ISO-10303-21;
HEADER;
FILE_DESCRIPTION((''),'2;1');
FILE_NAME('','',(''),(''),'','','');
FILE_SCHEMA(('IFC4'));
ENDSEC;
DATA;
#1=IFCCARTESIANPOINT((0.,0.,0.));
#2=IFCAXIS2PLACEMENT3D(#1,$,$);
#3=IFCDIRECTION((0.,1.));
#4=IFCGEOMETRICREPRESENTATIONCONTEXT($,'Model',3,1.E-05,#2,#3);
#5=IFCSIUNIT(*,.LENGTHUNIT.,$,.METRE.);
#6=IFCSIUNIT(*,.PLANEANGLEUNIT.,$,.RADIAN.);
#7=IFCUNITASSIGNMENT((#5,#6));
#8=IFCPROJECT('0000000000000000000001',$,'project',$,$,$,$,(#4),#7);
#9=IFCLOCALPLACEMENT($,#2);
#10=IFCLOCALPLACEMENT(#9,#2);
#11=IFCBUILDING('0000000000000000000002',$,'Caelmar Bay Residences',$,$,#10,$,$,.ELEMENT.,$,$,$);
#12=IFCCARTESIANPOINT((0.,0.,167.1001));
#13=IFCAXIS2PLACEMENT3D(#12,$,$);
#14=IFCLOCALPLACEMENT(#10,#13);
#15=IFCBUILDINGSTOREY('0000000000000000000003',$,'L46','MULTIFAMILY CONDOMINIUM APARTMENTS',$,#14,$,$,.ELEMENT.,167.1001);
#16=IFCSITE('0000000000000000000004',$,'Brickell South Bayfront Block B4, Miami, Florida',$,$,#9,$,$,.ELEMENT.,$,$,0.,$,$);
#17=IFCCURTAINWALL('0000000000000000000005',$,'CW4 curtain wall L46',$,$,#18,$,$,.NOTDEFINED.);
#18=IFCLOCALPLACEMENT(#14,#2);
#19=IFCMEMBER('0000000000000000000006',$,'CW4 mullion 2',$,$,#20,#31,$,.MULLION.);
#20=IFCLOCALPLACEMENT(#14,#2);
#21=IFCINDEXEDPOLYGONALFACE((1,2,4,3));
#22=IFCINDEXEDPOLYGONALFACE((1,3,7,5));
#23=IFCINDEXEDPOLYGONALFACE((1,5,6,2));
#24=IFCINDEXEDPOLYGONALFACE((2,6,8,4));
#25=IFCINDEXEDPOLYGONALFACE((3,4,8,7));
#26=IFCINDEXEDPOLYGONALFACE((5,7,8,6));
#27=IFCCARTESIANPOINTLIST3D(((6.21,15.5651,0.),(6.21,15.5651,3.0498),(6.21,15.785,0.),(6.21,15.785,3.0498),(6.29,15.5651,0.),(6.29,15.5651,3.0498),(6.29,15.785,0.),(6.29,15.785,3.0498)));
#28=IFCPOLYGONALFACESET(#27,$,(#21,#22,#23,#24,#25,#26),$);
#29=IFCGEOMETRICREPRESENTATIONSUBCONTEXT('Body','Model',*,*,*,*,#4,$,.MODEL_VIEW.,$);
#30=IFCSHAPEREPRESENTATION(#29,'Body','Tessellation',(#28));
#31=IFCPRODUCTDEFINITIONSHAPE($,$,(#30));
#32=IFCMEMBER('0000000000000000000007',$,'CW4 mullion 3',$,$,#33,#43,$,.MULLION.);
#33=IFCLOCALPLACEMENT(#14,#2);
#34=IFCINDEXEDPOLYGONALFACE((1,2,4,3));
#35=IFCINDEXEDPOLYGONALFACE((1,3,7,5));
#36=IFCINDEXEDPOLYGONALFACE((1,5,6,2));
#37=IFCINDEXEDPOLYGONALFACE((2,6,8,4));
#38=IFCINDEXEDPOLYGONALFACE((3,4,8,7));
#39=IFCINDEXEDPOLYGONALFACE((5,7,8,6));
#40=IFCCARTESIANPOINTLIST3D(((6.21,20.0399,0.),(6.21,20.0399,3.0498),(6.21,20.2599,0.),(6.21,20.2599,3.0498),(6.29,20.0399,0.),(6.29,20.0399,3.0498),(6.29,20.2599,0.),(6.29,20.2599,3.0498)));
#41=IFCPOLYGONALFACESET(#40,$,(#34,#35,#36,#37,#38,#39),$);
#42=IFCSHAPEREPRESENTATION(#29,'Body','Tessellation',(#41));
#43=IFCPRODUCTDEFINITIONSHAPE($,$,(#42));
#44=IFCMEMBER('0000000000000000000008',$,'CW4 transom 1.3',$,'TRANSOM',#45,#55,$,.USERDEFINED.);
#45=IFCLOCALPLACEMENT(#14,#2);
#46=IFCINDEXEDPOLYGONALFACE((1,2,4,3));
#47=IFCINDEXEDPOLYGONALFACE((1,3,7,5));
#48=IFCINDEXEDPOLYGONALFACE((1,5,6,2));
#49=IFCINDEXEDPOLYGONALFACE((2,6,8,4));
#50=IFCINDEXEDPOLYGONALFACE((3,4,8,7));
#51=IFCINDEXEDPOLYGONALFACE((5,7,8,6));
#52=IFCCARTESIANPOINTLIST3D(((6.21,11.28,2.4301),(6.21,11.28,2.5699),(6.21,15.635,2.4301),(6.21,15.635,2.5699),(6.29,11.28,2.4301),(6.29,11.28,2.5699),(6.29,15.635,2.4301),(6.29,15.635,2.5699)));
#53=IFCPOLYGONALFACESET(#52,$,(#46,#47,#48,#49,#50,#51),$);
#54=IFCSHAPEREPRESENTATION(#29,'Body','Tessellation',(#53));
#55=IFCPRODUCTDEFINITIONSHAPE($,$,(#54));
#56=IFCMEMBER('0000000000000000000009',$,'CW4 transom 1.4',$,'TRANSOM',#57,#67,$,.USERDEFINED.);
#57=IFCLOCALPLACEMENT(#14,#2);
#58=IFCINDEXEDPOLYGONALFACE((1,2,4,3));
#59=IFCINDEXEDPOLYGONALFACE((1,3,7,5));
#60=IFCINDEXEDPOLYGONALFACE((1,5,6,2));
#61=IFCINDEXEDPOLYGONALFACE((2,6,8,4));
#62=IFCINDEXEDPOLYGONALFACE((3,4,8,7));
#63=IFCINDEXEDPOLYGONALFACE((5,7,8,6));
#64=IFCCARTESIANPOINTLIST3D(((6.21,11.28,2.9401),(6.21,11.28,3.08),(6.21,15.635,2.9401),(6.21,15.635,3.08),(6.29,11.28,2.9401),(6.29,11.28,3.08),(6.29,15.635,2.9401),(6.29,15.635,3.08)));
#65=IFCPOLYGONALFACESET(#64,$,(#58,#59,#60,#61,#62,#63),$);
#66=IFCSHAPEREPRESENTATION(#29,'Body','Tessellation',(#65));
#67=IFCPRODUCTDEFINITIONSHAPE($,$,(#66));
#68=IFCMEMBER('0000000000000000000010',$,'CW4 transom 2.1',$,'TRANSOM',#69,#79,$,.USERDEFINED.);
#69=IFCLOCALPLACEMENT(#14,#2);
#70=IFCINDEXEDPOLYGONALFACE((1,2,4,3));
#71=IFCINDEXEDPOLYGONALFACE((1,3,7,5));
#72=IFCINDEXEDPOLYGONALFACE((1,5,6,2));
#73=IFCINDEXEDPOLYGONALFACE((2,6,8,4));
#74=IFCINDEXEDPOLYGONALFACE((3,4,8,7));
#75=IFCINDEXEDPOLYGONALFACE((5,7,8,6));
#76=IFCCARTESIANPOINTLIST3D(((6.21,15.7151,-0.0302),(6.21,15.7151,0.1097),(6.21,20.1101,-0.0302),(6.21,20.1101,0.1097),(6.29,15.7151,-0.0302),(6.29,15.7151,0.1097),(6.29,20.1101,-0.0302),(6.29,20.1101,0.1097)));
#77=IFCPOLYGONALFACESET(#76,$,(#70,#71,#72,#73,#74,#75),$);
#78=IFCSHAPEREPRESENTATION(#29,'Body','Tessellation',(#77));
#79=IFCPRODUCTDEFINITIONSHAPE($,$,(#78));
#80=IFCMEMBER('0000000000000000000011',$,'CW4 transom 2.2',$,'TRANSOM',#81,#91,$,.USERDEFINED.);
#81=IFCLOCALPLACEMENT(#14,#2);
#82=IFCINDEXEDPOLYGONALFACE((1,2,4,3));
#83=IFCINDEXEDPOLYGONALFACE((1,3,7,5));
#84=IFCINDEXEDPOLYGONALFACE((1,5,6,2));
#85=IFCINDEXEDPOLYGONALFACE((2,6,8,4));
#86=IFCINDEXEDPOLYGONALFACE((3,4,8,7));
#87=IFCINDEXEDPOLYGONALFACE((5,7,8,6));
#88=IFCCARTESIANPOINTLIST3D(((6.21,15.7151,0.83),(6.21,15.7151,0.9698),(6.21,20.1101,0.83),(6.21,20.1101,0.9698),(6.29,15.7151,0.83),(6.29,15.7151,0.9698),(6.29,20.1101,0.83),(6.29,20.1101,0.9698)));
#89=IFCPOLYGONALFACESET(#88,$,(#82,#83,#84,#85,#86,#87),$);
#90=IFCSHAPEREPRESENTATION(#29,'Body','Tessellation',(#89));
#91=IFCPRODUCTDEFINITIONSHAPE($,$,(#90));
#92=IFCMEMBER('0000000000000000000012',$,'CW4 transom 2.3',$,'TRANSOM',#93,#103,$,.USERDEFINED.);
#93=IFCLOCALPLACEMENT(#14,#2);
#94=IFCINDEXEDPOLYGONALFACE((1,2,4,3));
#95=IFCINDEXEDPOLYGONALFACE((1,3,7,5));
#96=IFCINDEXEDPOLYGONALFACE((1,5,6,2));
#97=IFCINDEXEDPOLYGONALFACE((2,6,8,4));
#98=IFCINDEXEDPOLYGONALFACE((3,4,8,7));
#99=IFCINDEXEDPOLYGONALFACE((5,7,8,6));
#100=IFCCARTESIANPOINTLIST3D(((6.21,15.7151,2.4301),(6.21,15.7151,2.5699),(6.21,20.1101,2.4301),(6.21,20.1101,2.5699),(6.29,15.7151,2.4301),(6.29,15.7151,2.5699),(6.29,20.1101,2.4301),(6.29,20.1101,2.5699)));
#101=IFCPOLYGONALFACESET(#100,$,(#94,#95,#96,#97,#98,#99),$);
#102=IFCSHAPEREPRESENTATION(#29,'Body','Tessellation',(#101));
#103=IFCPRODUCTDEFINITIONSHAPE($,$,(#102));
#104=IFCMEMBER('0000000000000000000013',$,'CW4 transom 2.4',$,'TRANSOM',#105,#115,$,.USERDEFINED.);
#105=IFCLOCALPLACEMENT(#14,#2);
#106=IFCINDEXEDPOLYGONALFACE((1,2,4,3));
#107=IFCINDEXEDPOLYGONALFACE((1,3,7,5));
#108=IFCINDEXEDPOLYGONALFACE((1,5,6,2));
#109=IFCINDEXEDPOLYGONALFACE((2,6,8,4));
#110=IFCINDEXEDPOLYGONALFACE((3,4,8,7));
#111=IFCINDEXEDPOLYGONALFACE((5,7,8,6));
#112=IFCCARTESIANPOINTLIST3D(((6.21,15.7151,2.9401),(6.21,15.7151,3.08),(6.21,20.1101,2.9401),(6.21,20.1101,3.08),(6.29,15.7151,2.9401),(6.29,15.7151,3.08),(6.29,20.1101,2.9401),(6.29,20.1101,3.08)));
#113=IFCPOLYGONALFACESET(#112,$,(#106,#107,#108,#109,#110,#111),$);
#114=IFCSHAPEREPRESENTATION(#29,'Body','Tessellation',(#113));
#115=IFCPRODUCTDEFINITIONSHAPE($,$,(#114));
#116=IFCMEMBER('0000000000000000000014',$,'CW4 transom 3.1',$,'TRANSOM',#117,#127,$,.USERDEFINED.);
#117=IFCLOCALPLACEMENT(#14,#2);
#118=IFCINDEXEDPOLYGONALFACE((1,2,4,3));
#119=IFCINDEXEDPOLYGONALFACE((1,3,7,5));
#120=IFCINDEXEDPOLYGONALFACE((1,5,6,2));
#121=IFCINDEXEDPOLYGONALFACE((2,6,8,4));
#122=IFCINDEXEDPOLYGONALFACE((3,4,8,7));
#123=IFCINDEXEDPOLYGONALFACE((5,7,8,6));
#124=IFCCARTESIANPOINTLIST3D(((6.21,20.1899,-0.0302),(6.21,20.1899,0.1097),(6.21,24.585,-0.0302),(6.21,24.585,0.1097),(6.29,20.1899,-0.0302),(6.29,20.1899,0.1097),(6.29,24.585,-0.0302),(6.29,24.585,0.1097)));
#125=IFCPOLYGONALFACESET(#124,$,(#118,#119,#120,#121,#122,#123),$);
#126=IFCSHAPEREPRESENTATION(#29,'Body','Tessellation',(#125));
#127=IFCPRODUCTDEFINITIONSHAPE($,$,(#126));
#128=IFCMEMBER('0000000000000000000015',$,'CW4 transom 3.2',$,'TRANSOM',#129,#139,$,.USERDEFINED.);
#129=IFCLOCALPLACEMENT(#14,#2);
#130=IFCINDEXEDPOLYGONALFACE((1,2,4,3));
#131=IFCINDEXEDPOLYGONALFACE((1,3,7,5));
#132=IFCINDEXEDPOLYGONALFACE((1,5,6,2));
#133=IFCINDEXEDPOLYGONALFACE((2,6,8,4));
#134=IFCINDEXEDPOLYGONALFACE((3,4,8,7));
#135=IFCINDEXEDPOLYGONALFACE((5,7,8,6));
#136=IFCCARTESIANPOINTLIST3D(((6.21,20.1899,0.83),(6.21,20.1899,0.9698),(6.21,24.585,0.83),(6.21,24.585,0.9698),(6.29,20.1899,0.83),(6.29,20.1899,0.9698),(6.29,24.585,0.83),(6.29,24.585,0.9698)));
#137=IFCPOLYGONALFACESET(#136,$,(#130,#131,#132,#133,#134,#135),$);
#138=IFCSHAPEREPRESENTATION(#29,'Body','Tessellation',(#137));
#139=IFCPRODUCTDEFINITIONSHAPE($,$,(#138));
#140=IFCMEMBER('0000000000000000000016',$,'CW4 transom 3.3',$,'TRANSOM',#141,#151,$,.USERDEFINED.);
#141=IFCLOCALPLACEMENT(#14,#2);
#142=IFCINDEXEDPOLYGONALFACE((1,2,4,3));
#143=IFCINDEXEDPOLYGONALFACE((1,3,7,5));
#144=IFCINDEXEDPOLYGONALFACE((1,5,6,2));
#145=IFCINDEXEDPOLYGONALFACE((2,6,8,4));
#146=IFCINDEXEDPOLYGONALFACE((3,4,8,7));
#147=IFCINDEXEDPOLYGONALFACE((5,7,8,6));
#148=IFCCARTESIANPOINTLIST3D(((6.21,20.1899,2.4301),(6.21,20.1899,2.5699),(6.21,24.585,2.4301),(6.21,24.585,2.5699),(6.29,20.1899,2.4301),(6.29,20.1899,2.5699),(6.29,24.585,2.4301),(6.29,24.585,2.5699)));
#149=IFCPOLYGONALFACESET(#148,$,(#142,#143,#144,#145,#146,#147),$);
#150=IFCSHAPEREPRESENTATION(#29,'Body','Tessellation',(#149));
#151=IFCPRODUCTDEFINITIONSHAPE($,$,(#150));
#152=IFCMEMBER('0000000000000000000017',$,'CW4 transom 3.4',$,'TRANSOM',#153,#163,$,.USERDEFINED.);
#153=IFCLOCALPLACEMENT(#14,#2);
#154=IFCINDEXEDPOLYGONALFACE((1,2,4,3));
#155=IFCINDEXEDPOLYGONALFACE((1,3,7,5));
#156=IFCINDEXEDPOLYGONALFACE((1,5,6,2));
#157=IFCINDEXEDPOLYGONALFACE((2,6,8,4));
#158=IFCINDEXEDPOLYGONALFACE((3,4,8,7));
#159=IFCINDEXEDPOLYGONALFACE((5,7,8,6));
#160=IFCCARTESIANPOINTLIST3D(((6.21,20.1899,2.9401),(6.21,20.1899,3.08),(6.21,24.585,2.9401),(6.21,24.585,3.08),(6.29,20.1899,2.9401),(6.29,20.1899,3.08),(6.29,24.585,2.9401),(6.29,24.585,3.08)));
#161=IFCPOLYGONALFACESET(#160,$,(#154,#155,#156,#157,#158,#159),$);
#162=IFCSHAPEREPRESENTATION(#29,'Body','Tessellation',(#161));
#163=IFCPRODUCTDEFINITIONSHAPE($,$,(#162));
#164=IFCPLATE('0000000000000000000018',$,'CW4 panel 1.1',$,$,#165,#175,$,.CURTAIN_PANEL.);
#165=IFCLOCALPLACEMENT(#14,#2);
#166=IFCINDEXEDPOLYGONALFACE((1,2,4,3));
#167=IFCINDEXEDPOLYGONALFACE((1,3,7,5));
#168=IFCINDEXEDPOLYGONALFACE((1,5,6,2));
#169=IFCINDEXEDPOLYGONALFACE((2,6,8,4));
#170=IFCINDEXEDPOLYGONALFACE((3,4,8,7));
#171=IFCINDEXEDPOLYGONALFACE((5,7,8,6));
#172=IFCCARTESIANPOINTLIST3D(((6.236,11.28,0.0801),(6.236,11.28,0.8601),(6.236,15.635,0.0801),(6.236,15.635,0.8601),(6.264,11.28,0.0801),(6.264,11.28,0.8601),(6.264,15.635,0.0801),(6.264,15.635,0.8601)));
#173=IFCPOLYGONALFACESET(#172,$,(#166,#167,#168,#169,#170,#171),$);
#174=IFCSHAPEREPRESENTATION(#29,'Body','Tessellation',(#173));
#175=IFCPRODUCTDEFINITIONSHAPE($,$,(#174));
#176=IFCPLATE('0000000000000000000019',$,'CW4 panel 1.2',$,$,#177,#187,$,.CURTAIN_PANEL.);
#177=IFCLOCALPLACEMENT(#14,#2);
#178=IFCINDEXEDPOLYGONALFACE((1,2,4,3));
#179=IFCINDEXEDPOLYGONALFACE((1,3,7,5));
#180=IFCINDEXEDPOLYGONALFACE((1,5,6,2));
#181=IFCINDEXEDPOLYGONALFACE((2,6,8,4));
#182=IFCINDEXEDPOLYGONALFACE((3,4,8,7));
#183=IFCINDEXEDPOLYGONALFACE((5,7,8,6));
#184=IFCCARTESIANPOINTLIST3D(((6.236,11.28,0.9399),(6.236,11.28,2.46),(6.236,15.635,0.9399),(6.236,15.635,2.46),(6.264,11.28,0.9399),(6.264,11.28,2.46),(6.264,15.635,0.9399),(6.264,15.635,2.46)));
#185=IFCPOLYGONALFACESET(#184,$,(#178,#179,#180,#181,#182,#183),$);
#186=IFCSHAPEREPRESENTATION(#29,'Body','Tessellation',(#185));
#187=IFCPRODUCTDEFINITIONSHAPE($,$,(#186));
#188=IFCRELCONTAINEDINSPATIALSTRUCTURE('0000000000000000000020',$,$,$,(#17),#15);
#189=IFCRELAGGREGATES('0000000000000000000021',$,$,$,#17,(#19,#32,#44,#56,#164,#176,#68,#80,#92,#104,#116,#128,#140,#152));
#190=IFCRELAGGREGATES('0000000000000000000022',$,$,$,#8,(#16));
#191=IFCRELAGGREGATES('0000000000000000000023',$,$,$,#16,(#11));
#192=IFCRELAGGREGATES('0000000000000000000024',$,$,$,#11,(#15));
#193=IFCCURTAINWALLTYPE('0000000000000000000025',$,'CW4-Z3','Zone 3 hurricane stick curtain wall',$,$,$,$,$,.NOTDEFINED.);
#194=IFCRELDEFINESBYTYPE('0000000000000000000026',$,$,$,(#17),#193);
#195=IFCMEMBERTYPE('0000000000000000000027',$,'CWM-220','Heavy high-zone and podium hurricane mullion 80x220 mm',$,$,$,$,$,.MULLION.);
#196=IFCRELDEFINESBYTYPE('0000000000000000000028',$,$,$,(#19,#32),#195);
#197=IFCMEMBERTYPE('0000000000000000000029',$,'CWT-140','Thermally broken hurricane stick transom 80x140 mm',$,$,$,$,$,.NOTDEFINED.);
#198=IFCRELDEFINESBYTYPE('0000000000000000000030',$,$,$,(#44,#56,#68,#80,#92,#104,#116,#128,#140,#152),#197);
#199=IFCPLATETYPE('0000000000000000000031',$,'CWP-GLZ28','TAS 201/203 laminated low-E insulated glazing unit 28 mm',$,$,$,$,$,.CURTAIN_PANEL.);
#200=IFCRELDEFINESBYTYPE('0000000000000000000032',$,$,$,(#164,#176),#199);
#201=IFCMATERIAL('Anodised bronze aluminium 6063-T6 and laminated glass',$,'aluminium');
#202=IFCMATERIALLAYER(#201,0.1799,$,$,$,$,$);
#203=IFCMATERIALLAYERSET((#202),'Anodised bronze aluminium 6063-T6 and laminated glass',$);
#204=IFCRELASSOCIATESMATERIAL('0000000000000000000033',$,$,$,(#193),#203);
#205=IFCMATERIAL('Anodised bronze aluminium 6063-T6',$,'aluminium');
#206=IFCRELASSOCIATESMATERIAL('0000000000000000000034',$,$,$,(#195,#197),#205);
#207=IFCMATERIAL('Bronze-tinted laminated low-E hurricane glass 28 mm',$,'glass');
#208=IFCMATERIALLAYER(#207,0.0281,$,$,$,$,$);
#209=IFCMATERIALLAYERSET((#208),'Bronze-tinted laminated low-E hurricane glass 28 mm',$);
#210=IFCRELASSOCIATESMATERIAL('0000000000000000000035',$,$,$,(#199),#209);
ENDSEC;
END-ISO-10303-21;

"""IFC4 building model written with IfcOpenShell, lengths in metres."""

from ifc_helpers import new_model, si_unit, direction, frame, origin, origin_2d, place, context, subcontext, project, spatial, rectangle, extrude, material, layer, layer_set, material_profile, profile_set, type_object, element, aggregate, save


model = new_model("IFC4")

# Units and contexts
model_context = context("Model", 3, precision=1e-05, world=origin(), true_north=direction((0.0, 1.0)))
body_context = subcontext(model_context, "Body", "Model", "MODEL_VIEW")
ifc_project = project(units=[si_unit("LENGTHUNIT", "METRE"), si_unit("PLANEANGLEUNIT", "RADIAN")], contexts=[model_context])

# Site, building, storey
site_placement = place(None, origin())
site = spatial("IfcSite", under=ifc_project, at=site_placement, Name="Brickell South Bayfront Block B4, Miami, Florida", CompositionType="ELEMENT", RefElevation=0.0)
building_placement = place(site_placement, origin())
building = spatial("IfcBuilding", under=site, at=building_placement, Name="Caelmar Bay Residences", CompositionType="ELEMENT")
storey_placement = place(building_placement, frame((0.0, 0.0, 167.1001)))
storey = spatial("IfcBuildingStorey", under=building, at=storey_placement, Name="L46", Description="MULTIFAMILY CONDOMINIUM APARTMENTS", CompositionType="ELEMENT", Elevation=167.1001)

# Curtain wall, members, plates
ifc_material_1 = material(Name="Anodised bronze aluminium 6063-T6 and laminated glass", Category="aluminium")
ifc_layer_1 = layer(ifc_material_1, 0.1799)
ifc_layer_set_1 = layer_set([ifc_layer_1], Name="Anodised bronze aluminium 6063-T6 and laminated glass")
curtain_wall_type = type_object("IfcCurtainWallType", Name="CW4-Z3", Description="Zone 3 hurricane stick curtain wall", PredefinedType="NOTDEFINED", material=ifc_layer_set_1)
curtain_wall_placement = place(storey_placement, origin())
curtain_wall = element("IfcCurtainWall", 1, at=curtain_wall_placement, inside=storey, type_object=curtain_wall_type, Name="CW4 curtain wall L46", PredefinedType="NOTDEFINED")
ifc_material_2 = material(Name="Anodised bronze aluminium 6063-T6", Category="aluminium")
ifc_material_profile_1 = material_profile(ifc_material_2, rectangle(XDim=0.0801, YDim=0.22, at=origin_2d()), Name="CWM-80X220")
ifc_profile_set_1 = profile_set([ifc_material_profile_1], Name="Anodised bronze aluminium 6063-T6")
member_type_1 = type_object("IfcMemberType", Name="CWM-220", Description="Heavy high-zone and podium hurricane mullion 80x220 mm", PredefinedType="MULLION", material=ifc_profile_set_1)
member_1_placement = place(storey_placement, frame((6.25, 15.675, 0.0), z_axis=(0.0, 0.0, 1.0), x_axis=(-1.0, 0.0, 0.0)))
member_1 = element("IfcMember", 2, at=member_1_placement, type_object=member_type_1, Name="CW4 mullion 2", PredefinedType="MULLION", context=body_context, shape_type="SweptSolid", body=[
    extrude(rectangle(XDim=0.0801, YDim=0.22, at=origin_2d()), origin(), (0.0, 0.0, 1.0), 3.0498),
])
member_2_placement = place(storey_placement, frame((6.25, 20.1499, 0.0), z_axis=(0.0, 0.0, 1.0), x_axis=(-1.0, 0.0, 0.0)))
member_2 = element("IfcMember", 3, at=member_2_placement, type_object=member_type_1, Name="CW4 mullion 3", PredefinedType="MULLION", context=body_context, shape_type="SweptSolid", body=[
    extrude(rectangle(XDim=0.0801, YDim=0.22, at=origin_2d()), origin(), (0.0, 0.0, 1.0), 3.0498),
])
ifc_material_profile_2 = material_profile(ifc_material_2, rectangle(XDim=0.0801, YDim=0.1399, at=origin_2d()), Name="CWT-80X140")
ifc_profile_set_2 = profile_set([ifc_material_profile_2], Name="Anodised bronze aluminium 6063-T6")
member_type_2 = type_object("IfcMemberType", Name="CWT-140", Description="Thermally broken hurricane stick transom 80x140 mm", PredefinedType="NOTDEFINED", material=ifc_profile_set_2)
member_3_placement = place(storey_placement, frame((6.25, 11.28, 2.5), z_axis=(0.0, 1.0, 0.0), x_axis=(-1.0, 0.0, 0.0)))
member_3 = element("IfcMember", 4, at=member_3_placement, type_object=member_type_2, Name="CW4 transom 1.3", ObjectType="TRANSOM", PredefinedType="USERDEFINED", context=body_context, shape_type="SweptSolid", body=[
    extrude(rectangle(XDim=0.0801, YDim=0.1399, at=origin_2d()), origin(), (0.0, 0.0, 1.0), 4.355),
])
member_4_placement = place(storey_placement, frame((6.25, 11.28, 3.01), z_axis=(0.0, 1.0, 0.0), x_axis=(-1.0, 0.0, 0.0)))
member_4 = element("IfcMember", 5, at=member_4_placement, type_object=member_type_2, Name="CW4 transom 1.4", ObjectType="TRANSOM", PredefinedType="USERDEFINED", context=body_context, shape_type="SweptSolid", body=[
    extrude(rectangle(XDim=0.0801, YDim=0.1399, at=origin_2d()), origin(), (0.0, 0.0, 1.0), 4.355),
])
member_5_placement = place(storey_placement, frame((6.25, 15.7151, 0.0398), z_axis=(0.0, 1.0, 0.0), x_axis=(-1.0, 0.0, 0.0)))
member_5 = element("IfcMember", 6, at=member_5_placement, type_object=member_type_2, Name="CW4 transom 2.1", ObjectType="TRANSOM", PredefinedType="USERDEFINED", context=body_context, shape_type="SweptSolid", body=[
    extrude(rectangle(XDim=0.0801, YDim=0.1399, at=origin_2d()), origin(), (0.0, 0.0, 1.0), 4.395),
])
member_6_placement = place(storey_placement, frame((6.25, 15.7151, 0.8999), z_axis=(0.0, 1.0, 0.0), x_axis=(-1.0, 0.0, 0.0)))
member_6 = element("IfcMember", 7, at=member_6_placement, type_object=member_type_2, Name="CW4 transom 2.2", ObjectType="TRANSOM", PredefinedType="USERDEFINED", context=body_context, shape_type="SweptSolid", body=[
    extrude(rectangle(XDim=0.0801, YDim=0.1399, at=origin_2d()), origin(), (0.0, 0.0, 1.0), 4.395),
])
member_7_placement = place(storey_placement, frame((6.25, 15.7151, 2.5), z_axis=(0.0, 1.0, 0.0), x_axis=(-1.0, 0.0, 0.0)))
member_7 = element("IfcMember", 8, at=member_7_placement, type_object=member_type_2, Name="CW4 transom 2.3", ObjectType="TRANSOM", PredefinedType="USERDEFINED", context=body_context, shape_type="SweptSolid", body=[
    extrude(rectangle(XDim=0.0801, YDim=0.1399, at=origin_2d()), origin(), (0.0, 0.0, 1.0), 4.395),
])
member_8_placement = place(storey_placement, frame((6.25, 15.7151, 3.01), z_axis=(0.0, 1.0, 0.0), x_axis=(-1.0, 0.0, 0.0)))
member_8 = element("IfcMember", 9, at=member_8_placement, type_object=member_type_2, Name="CW4 transom 2.4", ObjectType="TRANSOM", PredefinedType="USERDEFINED", context=body_context, shape_type="SweptSolid", body=[
    extrude(rectangle(XDim=0.0801, YDim=0.1399, at=origin_2d()), origin(), (0.0, 0.0, 1.0), 4.395),
])
member_9_placement = place(storey_placement, frame((6.25, 20.1899, 0.0398), z_axis=(0.0, 1.0, 0.0), x_axis=(-1.0, 0.0, 0.0)))
member_9 = element("IfcMember", 10, at=member_9_placement, type_object=member_type_2, Name="CW4 transom 3.1", ObjectType="TRANSOM", PredefinedType="USERDEFINED", context=body_context, shape_type="SweptSolid", body=[
    extrude(rectangle(XDim=0.0801, YDim=0.1399, at=origin_2d()), origin(), (0.0, 0.0, 1.0), 4.395),
])
member_10_placement = place(storey_placement, frame((6.25, 20.1899, 0.8999), z_axis=(0.0, 1.0, 0.0), x_axis=(-1.0, 0.0, 0.0)))
member_10 = element("IfcMember", 11, at=member_10_placement, type_object=member_type_2, Name="CW4 transom 3.2", ObjectType="TRANSOM", PredefinedType="USERDEFINED", context=body_context, shape_type="SweptSolid", body=[
    extrude(rectangle(XDim=0.0801, YDim=0.1399, at=origin_2d()), origin(), (0.0, 0.0, 1.0), 4.395),
])
member_11_placement = place(storey_placement, frame((6.25, 20.1899, 2.5), z_axis=(0.0, 1.0, 0.0), x_axis=(-1.0, 0.0, 0.0)))
member_11 = element("IfcMember", 12, at=member_11_placement, type_object=member_type_2, Name="CW4 transom 3.3", ObjectType="TRANSOM", PredefinedType="USERDEFINED", context=body_context, shape_type="SweptSolid", body=[
    extrude(rectangle(XDim=0.0801, YDim=0.1399, at=origin_2d()), origin(), (0.0, 0.0, 1.0), 4.395),
])
member_12_placement = place(storey_placement, frame((6.25, 20.1899, 3.01), z_axis=(0.0, 1.0, 0.0), x_axis=(-1.0, 0.0, 0.0)))
member_12 = element("IfcMember", 13, at=member_12_placement, type_object=member_type_2, Name="CW4 transom 3.4", ObjectType="TRANSOM", PredefinedType="USERDEFINED", context=body_context, shape_type="SweptSolid", body=[
    extrude(rectangle(XDim=0.0801, YDim=0.1399, at=origin_2d()), origin(), (0.0, 0.0, 1.0), 4.395),
])
ifc_material_3 = material(Name="Bronze-tinted laminated low-E hurricane glass 28 mm", Category="glass")
ifc_layer_2 = layer(ifc_material_3, 0.0281)
ifc_layer_set_2 = layer_set([ifc_layer_2], Name="Bronze-tinted laminated low-E hurricane glass 28 mm")
plate_type = type_object("IfcPlateType", Name="CWP-GLZ28", Description="TAS 201/203 laminated low-E insulated glazing unit 28 mm", PredefinedType="CURTAIN_PANEL", material=ifc_layer_set_2)
plate_1_placement = place(storey_placement, frame((6.25, 13.4575, 0.0801), z_axis=(0.0, 0.0, 1.0), x_axis=(0.0, 1.0, 0.0)))
plate_1 = element("IfcPlate", 14, at=plate_1_placement, type_object=plate_type, Name="CW4 panel 1.1", PredefinedType="CURTAIN_PANEL", context=body_context, shape_type="SweptSolid", body=[
    extrude(rectangle(XDim=4.355, YDim=0.0281, at=origin_2d()), origin(), (0.0, 0.0, 1.0), 0.78),
])
plate_2_placement = place(storey_placement, frame((6.25, 13.4575, 0.9399), z_axis=(0.0, 0.0, 1.0), x_axis=(0.0, 1.0, 0.0)))
plate_2 = element("IfcPlate", 15, at=plate_2_placement, type_object=plate_type, Name="CW4 panel 1.2", PredefinedType="CURTAIN_PANEL", context=body_context, shape_type="SweptSolid", body=[
    extrude(rectangle(XDim=4.355, YDim=0.0281, at=origin_2d()), origin(), (0.0, 0.0, 1.0), 1.52),
])
aggregate(curtain_wall, [member_1, member_2, member_3, member_4, plate_1, plate_2, member_5, member_6, member_7, member_8, member_9, member_10, member_11, member_12])

save(model, "model.ifc")
